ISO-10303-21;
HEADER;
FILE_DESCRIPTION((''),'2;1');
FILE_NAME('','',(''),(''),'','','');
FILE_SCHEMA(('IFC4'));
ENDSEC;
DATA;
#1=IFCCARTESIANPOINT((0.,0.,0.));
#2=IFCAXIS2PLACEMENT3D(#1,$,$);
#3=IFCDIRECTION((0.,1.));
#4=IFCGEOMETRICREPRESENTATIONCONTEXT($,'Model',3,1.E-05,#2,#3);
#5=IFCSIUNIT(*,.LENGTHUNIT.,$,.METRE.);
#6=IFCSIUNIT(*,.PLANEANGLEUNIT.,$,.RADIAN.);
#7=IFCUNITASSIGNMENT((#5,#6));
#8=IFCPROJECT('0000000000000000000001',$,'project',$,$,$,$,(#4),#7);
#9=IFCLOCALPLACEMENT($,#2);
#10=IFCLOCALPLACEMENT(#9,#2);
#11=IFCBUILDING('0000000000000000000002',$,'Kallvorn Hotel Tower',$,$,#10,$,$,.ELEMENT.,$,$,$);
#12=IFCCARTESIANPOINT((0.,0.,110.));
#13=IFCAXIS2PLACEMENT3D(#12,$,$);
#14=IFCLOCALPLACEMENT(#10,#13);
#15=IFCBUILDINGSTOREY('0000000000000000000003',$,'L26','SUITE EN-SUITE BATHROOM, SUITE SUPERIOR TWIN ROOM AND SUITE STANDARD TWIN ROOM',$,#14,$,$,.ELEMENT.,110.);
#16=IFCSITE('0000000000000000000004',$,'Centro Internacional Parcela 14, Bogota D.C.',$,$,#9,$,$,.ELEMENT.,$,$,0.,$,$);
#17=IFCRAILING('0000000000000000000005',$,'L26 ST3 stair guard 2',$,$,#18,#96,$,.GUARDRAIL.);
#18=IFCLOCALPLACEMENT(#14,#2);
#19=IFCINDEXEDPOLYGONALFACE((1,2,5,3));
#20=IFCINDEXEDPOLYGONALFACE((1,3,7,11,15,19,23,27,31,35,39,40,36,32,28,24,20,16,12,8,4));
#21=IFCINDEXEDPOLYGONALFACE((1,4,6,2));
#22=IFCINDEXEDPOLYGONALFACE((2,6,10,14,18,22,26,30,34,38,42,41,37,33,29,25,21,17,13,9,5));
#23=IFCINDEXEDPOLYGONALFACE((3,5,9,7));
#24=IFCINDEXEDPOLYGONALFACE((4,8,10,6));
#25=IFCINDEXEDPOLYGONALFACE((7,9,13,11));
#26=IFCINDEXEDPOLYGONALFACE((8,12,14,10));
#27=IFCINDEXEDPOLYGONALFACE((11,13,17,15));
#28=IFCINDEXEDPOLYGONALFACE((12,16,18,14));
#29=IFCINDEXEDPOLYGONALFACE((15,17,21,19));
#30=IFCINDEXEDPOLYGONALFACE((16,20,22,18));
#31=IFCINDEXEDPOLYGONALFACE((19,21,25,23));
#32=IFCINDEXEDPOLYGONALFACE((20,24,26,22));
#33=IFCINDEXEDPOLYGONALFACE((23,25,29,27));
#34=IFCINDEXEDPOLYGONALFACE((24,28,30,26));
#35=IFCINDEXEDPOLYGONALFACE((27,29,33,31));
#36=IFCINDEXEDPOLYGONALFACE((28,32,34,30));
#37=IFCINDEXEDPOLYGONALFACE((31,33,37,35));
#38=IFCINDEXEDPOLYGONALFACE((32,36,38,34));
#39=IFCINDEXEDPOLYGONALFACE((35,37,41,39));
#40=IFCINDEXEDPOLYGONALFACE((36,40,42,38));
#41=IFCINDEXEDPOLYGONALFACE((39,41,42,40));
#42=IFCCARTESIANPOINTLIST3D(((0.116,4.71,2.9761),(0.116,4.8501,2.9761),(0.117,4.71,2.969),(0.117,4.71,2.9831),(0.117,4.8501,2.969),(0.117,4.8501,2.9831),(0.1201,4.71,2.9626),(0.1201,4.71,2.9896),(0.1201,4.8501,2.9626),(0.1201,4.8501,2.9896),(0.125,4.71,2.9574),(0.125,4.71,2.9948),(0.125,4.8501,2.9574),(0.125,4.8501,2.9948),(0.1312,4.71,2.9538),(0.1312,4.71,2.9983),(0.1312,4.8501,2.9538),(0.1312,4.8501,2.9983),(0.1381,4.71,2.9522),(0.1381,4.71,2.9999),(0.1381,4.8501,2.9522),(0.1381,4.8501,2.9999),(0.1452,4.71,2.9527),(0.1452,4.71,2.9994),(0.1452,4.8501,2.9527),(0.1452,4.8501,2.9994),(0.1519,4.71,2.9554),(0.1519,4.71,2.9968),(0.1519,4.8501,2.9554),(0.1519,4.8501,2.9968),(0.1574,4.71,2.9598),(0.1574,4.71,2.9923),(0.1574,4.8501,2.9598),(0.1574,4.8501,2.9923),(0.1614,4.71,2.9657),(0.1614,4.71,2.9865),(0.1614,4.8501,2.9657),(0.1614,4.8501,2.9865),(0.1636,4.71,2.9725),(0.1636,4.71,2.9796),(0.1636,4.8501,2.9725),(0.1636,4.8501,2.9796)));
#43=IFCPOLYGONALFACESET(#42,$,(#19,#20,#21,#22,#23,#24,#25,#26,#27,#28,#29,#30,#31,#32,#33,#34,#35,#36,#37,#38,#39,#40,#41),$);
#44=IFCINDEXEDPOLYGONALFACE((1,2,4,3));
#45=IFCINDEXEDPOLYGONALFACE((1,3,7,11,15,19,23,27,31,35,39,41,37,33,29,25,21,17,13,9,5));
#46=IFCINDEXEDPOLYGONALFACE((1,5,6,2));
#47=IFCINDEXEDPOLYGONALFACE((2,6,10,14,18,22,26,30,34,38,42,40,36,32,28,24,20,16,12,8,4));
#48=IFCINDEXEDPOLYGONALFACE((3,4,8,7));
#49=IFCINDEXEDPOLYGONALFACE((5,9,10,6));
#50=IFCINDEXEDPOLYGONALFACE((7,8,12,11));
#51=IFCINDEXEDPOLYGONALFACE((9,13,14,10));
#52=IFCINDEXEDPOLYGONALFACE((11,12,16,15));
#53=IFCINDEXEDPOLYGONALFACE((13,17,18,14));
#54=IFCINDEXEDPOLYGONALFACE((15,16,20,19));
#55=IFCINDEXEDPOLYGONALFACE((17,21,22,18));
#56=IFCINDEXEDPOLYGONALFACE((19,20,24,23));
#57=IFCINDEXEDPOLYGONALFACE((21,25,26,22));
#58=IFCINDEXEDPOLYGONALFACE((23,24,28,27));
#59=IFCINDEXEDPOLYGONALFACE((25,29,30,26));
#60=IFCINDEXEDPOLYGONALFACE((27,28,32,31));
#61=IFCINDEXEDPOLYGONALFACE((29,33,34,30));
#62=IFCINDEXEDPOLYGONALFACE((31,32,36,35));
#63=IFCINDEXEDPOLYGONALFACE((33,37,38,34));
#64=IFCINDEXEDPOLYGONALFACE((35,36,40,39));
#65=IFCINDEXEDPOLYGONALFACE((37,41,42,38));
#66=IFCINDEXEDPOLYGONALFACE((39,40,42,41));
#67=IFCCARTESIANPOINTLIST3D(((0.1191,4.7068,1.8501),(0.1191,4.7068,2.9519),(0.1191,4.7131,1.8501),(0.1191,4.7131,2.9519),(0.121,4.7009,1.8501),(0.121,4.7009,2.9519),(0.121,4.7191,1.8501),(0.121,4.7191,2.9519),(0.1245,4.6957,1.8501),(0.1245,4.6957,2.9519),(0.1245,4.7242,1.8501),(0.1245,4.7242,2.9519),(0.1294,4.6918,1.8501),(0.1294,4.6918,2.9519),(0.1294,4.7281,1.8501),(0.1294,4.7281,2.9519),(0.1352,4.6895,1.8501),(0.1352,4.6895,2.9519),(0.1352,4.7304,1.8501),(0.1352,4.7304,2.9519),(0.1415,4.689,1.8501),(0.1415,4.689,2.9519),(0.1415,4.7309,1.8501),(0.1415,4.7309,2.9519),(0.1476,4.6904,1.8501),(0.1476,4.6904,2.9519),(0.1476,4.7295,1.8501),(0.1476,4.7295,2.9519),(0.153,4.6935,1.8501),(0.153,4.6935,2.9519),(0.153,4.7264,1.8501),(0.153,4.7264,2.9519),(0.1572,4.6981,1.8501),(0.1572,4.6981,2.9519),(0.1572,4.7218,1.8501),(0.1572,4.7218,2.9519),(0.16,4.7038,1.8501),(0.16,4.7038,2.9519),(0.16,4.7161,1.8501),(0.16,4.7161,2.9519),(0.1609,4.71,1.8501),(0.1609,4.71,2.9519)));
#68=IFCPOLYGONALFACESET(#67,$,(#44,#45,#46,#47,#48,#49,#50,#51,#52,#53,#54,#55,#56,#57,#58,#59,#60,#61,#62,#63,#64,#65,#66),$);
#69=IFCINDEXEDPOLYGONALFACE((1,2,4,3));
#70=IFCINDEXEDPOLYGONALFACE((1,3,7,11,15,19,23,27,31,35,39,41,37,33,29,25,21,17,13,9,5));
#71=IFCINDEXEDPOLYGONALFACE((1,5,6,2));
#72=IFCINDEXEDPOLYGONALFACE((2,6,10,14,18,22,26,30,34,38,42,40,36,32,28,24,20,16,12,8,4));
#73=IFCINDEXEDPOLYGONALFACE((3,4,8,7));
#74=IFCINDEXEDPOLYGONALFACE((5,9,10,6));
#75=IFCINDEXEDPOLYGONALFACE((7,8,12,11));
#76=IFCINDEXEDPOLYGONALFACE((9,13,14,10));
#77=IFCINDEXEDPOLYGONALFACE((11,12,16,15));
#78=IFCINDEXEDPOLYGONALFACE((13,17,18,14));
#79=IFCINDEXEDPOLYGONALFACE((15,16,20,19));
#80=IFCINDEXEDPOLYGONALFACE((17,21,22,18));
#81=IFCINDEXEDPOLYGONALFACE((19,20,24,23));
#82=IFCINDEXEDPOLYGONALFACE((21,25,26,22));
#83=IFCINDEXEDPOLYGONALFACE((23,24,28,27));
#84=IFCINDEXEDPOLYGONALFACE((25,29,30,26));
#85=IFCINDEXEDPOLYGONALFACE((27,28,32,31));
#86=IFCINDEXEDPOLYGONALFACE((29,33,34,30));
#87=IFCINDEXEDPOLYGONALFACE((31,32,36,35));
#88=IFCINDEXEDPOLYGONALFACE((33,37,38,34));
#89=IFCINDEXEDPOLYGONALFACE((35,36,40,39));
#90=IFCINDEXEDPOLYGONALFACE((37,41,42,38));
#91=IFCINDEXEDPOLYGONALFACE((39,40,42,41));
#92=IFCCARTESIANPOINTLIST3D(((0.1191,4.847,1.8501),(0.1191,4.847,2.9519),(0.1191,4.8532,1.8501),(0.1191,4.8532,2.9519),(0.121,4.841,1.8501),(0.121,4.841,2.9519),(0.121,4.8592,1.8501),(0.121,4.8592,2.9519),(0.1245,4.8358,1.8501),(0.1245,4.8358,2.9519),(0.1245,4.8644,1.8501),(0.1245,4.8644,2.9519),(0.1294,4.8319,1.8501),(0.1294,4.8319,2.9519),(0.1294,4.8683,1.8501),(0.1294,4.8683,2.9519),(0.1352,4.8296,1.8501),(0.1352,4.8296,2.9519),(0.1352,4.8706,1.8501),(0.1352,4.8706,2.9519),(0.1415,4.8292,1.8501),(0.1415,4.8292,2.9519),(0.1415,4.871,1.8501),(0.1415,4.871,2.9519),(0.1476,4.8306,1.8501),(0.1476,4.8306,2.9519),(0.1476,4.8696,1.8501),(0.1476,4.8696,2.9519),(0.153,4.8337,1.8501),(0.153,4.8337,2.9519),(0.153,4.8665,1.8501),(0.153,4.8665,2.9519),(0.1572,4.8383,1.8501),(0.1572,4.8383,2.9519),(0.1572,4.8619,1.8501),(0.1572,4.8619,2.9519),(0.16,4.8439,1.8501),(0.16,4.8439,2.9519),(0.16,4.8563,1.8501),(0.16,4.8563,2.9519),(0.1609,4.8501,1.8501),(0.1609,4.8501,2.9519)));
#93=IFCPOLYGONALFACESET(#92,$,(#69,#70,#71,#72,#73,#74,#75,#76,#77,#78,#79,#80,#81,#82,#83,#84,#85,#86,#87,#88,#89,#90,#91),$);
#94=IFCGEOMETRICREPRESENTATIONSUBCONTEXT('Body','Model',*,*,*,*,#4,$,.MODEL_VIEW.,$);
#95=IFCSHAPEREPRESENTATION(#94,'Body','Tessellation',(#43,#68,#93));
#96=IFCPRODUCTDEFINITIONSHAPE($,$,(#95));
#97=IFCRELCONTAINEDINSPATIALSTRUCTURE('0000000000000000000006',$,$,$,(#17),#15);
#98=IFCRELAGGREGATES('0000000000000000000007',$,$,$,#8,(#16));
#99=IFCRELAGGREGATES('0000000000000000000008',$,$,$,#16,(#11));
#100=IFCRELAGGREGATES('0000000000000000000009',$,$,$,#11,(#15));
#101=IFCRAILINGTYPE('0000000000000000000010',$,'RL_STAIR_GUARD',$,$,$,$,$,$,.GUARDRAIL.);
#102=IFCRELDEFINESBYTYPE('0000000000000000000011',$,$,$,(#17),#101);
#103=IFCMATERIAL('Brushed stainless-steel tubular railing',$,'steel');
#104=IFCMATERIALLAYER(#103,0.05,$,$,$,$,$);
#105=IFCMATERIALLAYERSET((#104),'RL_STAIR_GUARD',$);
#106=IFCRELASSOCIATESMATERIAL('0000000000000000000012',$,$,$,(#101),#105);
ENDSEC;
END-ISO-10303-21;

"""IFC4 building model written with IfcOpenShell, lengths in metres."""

from ifc_helpers import new_model, si_unit, direction, frame, origin, origin_2d, place, context, subcontext, project, spatial, circle, extrude, material, layer, layer_set, type_object, element, save


model = new_model("IFC4")

# Units and contexts
model_context = context("Model", 3, precision=1e-05, world=origin(), true_north=direction((0.0, 1.0)))
body_context = subcontext(model_context, "Body", "Model", "MODEL_VIEW")
ifc_project = project(units=[si_unit("LENGTHUNIT", "METRE"), si_unit("PLANEANGLEUNIT", "RADIAN")], contexts=[model_context])

# Site, building, storey
site_placement = place(None, origin())
site = spatial("IfcSite", under=ifc_project, at=site_placement, Name="Centro Internacional Parcela 14, Bogota D.C.", CompositionType="ELEMENT", RefElevation=0.0)
building_placement = place(site_placement, origin())
building = spatial("IfcBuilding", under=site, at=building_placement, Name="Kallvorn Hotel Tower", CompositionType="ELEMENT")
storey_placement = place(building_placement, frame((0.0, 0.0, 110.0)))
storey = spatial("IfcBuildingStorey", under=building, at=storey_placement, Name="L26", Description="SUITE EN-SUITE BATHROOM, SUITE SUPERIOR TWIN ROOM AND SUITE STANDARD TWIN ROOM", CompositionType="ELEMENT", Elevation=110.0)

# Railing
ifc_material_1 = material(Name="Brushed stainless-steel tubular railing", Category="steel")
ifc_layer_1 = layer(ifc_material_1, 0.05)
ifc_layer_set_1 = layer_set([ifc_layer_1], Name="RL_STAIR_GUARD")
railing_type_1 = type_object("IfcRailingType", Name="RL_STAIR_GUARD", PredefinedType="GUARDRAIL", material=ifc_layer_set_1)
railing_1_placement = place(storey_placement, frame((0.1399, 4.71, 1.8501)))
element("IfcRailing", 1, at=railing_1_placement, inside=storey, type_object=railing_type_1, Name="L26 ST3 stair guard 2", PredefinedType="GUARDRAIL", context=body_context, shape_type="SweptSolid", body=[
    extrude(circle(Radius=0.0239, at=origin_2d()), frame((0.0, 0.0, 1.126), z_axis=(0.0, 1.0, 0.0), x_axis=(-1.0, 0.0, 0.0)), (0.0, 0.0, 1.0), 0.1401),
    extrude(circle(Radius=0.021, at=origin_2d()), origin(), (0.0, 0.0, 1.0), 1.1018),
    extrude(circle(Radius=0.021, at=origin_2d()), frame((0.0, 0.1401, 0.0)), (0.0, 0.0, 1.0), 1.1018),
])

save(model, "model.ifc")
